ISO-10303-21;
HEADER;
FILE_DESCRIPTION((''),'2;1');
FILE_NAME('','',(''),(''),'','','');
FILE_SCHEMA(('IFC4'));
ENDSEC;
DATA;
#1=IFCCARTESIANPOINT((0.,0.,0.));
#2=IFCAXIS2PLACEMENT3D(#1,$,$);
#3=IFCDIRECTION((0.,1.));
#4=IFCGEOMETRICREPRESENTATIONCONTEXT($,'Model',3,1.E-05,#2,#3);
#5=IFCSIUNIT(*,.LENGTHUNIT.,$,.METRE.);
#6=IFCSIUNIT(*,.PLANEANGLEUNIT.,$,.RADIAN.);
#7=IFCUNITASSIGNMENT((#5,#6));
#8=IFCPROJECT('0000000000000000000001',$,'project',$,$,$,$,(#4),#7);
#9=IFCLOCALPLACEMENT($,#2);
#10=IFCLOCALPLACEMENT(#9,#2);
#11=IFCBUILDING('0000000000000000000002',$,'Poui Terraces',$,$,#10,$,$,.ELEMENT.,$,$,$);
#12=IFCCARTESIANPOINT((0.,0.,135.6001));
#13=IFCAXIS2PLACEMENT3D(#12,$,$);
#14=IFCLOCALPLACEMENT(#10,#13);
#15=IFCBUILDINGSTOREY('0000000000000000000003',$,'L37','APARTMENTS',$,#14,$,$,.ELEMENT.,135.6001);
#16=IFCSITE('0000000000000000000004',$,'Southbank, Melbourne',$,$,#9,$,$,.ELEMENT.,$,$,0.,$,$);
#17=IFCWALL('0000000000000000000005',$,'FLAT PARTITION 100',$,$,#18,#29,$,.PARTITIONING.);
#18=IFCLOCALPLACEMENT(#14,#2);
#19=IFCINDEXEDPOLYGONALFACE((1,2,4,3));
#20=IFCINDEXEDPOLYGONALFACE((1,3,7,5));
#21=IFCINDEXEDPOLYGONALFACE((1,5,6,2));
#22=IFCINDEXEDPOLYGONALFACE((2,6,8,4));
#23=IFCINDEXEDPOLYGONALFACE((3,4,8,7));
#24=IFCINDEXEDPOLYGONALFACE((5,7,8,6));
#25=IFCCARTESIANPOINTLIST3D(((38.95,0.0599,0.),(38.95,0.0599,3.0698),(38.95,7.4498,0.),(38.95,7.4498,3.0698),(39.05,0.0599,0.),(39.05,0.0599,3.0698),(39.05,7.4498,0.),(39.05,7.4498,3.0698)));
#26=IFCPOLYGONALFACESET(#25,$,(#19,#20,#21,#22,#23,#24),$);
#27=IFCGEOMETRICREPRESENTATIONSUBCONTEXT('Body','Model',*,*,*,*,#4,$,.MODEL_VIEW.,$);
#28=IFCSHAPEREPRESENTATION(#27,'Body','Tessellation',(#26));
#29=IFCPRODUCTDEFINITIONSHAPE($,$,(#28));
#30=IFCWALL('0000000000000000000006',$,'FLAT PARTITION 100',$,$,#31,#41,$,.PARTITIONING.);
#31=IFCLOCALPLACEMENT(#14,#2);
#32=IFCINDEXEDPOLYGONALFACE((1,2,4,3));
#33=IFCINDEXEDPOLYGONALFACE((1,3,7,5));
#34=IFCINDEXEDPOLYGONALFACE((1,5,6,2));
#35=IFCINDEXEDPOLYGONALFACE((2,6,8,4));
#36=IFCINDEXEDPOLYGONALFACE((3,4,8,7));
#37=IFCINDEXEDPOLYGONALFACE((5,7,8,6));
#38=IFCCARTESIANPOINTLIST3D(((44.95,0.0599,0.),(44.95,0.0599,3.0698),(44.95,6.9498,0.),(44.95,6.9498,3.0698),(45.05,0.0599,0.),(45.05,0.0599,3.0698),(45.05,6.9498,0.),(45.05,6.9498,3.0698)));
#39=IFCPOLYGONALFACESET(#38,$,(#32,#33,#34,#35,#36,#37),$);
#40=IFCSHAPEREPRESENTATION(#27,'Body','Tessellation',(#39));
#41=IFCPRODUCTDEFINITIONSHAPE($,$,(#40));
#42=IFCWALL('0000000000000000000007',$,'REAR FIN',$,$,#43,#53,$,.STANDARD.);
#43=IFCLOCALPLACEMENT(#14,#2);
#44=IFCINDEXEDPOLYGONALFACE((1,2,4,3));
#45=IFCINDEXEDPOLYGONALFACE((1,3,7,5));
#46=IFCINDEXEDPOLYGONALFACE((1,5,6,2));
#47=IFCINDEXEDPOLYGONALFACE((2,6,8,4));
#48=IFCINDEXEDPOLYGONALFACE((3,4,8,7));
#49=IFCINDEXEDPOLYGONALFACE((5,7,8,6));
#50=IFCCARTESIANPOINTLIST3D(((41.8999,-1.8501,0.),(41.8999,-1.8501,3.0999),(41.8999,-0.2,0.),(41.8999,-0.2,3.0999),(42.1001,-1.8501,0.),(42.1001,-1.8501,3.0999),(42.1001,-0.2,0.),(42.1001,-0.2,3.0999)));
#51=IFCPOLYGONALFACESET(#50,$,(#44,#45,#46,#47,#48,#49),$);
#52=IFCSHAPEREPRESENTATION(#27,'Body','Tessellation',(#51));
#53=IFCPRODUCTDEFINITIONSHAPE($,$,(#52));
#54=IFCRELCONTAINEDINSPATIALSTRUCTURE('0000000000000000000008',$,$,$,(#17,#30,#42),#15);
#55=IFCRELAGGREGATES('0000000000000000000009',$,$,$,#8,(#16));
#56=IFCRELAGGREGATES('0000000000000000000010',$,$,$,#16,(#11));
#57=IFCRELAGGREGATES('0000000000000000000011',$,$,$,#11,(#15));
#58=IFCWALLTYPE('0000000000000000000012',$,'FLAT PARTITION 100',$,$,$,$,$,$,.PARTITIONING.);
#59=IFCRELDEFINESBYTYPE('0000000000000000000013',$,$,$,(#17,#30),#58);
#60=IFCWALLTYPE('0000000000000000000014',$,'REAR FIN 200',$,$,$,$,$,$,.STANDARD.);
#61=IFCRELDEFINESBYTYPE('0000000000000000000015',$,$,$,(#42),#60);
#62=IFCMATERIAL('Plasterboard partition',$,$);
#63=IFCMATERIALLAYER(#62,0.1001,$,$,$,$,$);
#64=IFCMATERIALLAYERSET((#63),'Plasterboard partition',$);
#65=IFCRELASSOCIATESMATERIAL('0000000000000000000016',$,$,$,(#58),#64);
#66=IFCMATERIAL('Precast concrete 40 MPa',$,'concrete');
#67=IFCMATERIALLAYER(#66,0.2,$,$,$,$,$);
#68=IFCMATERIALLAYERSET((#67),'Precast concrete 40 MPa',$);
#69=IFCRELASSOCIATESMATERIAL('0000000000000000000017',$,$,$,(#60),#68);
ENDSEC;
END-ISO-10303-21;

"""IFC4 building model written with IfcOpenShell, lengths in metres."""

from ifc_helpers import new_model, si_unit, direction, frame, frame_2d, origin, place, context, subcontext, project, spatial, polyline, rectangle, outline, extrude, source, transform, mapped, material, layer, layer_set, type_object, element, save


model = new_model("IFC4")

# Units and contexts
model_context = context("Model", 3, precision=1e-05, world=origin(), true_north=direction((0.0, 1.0)))
body_context = subcontext(model_context, "Body", "Model", "MODEL_VIEW")
ifc_project = project(units=[si_unit("LENGTHUNIT", "METRE"), si_unit("PLANEANGLEUNIT", "RADIAN")], contexts=[model_context])

# Site, building, storey
site_placement = place(None, origin())
site = spatial("IfcSite", under=ifc_project, at=site_placement, Name="Southbank, Melbourne", CompositionType="ELEMENT", RefElevation=0.0)
building_placement = place(site_placement, origin())
building = spatial("IfcBuilding", under=site, at=building_placement, Name="Poui Terraces", CompositionType="ELEMENT")
storey_placement = place(building_placement, frame((0.0, 0.0, 135.6001)))
storey = spatial("IfcBuildingStorey", under=building, at=storey_placement, Name="L37", Description="APARTMENTS", CompositionType="ELEMENT", Elevation=135.6001)

# Shared definitions
ifc_material_1 = material(Name="Plasterboard partition")
ifc_layer_1 = layer(ifc_material_1, 0.1001)
ifc_layer_set_1 = layer_set([ifc_layer_1], Name="Plasterboard partition")
wall_type_1 = type_object("IfcWallType", Name="FLAT PARTITION 100", PredefinedType="PARTITIONING", material=ifc_layer_set_1)

# Walls
wall_1_placement = place(storey_placement, frame((39.0, 0.0601, 0.0), z_axis=(0.0, 0.0, 1.0), x_axis=(0.0, 1.0, 0.0)))
element("IfcWall", 1, at=wall_1_placement, inside=storey, type_object=wall_type_1, Name="FLAT PARTITION 100", PredefinedType="PARTITIONING", context=body_context, shape_type="SweptSolid", body=[
    extrude(rectangle(XDim=7.3899, YDim=0.1001, at=frame_2d((3.6948, 0.0))), origin(), (0.0, 0.0, 1.0), 3.0698),
])
wall_2_placement = place(storey_placement, frame((45.0, 0.0601, 0.0), z_axis=(0.0, 0.0, 1.0), x_axis=(0.0, 1.0, 0.0)))
element("IfcWall", 2, at=wall_2_placement, inside=storey, type_object=wall_type_1, Name="FLAT PARTITION 100", PredefinedType="PARTITIONING", context=body_context, shape_type="SweptSolid", body=[
    extrude(rectangle(XDim=6.8899, YDim=0.1001, at=frame_2d((3.4448, 0.0))), origin(), (0.0, 0.0, 1.0), 3.0698),
])
ifc_material_2 = material(Name="Precast concrete 40 MPa", Category="concrete")
ifc_layer_2 = layer(ifc_material_2, 0.2)
ifc_layer_set_2 = layer_set([ifc_layer_2], Name="Precast concrete 40 MPa")
wall_type_2 = type_object("IfcWallType", Name="REAR FIN 200", PredefinedType="STANDARD", material=ifc_layer_set_2)
shared_shape_1 = source(origin(), body_context, "Body", "SweptSolid", [
    extrude(outline(polyline([(0.0, 0.0), (0.2002, 0.0), (0.2002, 1.6501), (0.0, 1.6501), (0.0, 0.0)])), origin(), (0.0, 0.0, 1.0), 3.0999),
])
wall_3_placement = place(storey_placement, frame((41.8999, -1.8501, 0.0)))
element("IfcWall", 3, at=wall_3_placement, inside=storey, type_object=wall_type_2, Name="REAR FIN", PredefinedType="STANDARD", context=body_context, shape_type="MappedRepresentation", body=[
    mapped(shared_shape_1, transform((0.0, 0.0, 0.0))),
])

save(model, "model.ifc")
